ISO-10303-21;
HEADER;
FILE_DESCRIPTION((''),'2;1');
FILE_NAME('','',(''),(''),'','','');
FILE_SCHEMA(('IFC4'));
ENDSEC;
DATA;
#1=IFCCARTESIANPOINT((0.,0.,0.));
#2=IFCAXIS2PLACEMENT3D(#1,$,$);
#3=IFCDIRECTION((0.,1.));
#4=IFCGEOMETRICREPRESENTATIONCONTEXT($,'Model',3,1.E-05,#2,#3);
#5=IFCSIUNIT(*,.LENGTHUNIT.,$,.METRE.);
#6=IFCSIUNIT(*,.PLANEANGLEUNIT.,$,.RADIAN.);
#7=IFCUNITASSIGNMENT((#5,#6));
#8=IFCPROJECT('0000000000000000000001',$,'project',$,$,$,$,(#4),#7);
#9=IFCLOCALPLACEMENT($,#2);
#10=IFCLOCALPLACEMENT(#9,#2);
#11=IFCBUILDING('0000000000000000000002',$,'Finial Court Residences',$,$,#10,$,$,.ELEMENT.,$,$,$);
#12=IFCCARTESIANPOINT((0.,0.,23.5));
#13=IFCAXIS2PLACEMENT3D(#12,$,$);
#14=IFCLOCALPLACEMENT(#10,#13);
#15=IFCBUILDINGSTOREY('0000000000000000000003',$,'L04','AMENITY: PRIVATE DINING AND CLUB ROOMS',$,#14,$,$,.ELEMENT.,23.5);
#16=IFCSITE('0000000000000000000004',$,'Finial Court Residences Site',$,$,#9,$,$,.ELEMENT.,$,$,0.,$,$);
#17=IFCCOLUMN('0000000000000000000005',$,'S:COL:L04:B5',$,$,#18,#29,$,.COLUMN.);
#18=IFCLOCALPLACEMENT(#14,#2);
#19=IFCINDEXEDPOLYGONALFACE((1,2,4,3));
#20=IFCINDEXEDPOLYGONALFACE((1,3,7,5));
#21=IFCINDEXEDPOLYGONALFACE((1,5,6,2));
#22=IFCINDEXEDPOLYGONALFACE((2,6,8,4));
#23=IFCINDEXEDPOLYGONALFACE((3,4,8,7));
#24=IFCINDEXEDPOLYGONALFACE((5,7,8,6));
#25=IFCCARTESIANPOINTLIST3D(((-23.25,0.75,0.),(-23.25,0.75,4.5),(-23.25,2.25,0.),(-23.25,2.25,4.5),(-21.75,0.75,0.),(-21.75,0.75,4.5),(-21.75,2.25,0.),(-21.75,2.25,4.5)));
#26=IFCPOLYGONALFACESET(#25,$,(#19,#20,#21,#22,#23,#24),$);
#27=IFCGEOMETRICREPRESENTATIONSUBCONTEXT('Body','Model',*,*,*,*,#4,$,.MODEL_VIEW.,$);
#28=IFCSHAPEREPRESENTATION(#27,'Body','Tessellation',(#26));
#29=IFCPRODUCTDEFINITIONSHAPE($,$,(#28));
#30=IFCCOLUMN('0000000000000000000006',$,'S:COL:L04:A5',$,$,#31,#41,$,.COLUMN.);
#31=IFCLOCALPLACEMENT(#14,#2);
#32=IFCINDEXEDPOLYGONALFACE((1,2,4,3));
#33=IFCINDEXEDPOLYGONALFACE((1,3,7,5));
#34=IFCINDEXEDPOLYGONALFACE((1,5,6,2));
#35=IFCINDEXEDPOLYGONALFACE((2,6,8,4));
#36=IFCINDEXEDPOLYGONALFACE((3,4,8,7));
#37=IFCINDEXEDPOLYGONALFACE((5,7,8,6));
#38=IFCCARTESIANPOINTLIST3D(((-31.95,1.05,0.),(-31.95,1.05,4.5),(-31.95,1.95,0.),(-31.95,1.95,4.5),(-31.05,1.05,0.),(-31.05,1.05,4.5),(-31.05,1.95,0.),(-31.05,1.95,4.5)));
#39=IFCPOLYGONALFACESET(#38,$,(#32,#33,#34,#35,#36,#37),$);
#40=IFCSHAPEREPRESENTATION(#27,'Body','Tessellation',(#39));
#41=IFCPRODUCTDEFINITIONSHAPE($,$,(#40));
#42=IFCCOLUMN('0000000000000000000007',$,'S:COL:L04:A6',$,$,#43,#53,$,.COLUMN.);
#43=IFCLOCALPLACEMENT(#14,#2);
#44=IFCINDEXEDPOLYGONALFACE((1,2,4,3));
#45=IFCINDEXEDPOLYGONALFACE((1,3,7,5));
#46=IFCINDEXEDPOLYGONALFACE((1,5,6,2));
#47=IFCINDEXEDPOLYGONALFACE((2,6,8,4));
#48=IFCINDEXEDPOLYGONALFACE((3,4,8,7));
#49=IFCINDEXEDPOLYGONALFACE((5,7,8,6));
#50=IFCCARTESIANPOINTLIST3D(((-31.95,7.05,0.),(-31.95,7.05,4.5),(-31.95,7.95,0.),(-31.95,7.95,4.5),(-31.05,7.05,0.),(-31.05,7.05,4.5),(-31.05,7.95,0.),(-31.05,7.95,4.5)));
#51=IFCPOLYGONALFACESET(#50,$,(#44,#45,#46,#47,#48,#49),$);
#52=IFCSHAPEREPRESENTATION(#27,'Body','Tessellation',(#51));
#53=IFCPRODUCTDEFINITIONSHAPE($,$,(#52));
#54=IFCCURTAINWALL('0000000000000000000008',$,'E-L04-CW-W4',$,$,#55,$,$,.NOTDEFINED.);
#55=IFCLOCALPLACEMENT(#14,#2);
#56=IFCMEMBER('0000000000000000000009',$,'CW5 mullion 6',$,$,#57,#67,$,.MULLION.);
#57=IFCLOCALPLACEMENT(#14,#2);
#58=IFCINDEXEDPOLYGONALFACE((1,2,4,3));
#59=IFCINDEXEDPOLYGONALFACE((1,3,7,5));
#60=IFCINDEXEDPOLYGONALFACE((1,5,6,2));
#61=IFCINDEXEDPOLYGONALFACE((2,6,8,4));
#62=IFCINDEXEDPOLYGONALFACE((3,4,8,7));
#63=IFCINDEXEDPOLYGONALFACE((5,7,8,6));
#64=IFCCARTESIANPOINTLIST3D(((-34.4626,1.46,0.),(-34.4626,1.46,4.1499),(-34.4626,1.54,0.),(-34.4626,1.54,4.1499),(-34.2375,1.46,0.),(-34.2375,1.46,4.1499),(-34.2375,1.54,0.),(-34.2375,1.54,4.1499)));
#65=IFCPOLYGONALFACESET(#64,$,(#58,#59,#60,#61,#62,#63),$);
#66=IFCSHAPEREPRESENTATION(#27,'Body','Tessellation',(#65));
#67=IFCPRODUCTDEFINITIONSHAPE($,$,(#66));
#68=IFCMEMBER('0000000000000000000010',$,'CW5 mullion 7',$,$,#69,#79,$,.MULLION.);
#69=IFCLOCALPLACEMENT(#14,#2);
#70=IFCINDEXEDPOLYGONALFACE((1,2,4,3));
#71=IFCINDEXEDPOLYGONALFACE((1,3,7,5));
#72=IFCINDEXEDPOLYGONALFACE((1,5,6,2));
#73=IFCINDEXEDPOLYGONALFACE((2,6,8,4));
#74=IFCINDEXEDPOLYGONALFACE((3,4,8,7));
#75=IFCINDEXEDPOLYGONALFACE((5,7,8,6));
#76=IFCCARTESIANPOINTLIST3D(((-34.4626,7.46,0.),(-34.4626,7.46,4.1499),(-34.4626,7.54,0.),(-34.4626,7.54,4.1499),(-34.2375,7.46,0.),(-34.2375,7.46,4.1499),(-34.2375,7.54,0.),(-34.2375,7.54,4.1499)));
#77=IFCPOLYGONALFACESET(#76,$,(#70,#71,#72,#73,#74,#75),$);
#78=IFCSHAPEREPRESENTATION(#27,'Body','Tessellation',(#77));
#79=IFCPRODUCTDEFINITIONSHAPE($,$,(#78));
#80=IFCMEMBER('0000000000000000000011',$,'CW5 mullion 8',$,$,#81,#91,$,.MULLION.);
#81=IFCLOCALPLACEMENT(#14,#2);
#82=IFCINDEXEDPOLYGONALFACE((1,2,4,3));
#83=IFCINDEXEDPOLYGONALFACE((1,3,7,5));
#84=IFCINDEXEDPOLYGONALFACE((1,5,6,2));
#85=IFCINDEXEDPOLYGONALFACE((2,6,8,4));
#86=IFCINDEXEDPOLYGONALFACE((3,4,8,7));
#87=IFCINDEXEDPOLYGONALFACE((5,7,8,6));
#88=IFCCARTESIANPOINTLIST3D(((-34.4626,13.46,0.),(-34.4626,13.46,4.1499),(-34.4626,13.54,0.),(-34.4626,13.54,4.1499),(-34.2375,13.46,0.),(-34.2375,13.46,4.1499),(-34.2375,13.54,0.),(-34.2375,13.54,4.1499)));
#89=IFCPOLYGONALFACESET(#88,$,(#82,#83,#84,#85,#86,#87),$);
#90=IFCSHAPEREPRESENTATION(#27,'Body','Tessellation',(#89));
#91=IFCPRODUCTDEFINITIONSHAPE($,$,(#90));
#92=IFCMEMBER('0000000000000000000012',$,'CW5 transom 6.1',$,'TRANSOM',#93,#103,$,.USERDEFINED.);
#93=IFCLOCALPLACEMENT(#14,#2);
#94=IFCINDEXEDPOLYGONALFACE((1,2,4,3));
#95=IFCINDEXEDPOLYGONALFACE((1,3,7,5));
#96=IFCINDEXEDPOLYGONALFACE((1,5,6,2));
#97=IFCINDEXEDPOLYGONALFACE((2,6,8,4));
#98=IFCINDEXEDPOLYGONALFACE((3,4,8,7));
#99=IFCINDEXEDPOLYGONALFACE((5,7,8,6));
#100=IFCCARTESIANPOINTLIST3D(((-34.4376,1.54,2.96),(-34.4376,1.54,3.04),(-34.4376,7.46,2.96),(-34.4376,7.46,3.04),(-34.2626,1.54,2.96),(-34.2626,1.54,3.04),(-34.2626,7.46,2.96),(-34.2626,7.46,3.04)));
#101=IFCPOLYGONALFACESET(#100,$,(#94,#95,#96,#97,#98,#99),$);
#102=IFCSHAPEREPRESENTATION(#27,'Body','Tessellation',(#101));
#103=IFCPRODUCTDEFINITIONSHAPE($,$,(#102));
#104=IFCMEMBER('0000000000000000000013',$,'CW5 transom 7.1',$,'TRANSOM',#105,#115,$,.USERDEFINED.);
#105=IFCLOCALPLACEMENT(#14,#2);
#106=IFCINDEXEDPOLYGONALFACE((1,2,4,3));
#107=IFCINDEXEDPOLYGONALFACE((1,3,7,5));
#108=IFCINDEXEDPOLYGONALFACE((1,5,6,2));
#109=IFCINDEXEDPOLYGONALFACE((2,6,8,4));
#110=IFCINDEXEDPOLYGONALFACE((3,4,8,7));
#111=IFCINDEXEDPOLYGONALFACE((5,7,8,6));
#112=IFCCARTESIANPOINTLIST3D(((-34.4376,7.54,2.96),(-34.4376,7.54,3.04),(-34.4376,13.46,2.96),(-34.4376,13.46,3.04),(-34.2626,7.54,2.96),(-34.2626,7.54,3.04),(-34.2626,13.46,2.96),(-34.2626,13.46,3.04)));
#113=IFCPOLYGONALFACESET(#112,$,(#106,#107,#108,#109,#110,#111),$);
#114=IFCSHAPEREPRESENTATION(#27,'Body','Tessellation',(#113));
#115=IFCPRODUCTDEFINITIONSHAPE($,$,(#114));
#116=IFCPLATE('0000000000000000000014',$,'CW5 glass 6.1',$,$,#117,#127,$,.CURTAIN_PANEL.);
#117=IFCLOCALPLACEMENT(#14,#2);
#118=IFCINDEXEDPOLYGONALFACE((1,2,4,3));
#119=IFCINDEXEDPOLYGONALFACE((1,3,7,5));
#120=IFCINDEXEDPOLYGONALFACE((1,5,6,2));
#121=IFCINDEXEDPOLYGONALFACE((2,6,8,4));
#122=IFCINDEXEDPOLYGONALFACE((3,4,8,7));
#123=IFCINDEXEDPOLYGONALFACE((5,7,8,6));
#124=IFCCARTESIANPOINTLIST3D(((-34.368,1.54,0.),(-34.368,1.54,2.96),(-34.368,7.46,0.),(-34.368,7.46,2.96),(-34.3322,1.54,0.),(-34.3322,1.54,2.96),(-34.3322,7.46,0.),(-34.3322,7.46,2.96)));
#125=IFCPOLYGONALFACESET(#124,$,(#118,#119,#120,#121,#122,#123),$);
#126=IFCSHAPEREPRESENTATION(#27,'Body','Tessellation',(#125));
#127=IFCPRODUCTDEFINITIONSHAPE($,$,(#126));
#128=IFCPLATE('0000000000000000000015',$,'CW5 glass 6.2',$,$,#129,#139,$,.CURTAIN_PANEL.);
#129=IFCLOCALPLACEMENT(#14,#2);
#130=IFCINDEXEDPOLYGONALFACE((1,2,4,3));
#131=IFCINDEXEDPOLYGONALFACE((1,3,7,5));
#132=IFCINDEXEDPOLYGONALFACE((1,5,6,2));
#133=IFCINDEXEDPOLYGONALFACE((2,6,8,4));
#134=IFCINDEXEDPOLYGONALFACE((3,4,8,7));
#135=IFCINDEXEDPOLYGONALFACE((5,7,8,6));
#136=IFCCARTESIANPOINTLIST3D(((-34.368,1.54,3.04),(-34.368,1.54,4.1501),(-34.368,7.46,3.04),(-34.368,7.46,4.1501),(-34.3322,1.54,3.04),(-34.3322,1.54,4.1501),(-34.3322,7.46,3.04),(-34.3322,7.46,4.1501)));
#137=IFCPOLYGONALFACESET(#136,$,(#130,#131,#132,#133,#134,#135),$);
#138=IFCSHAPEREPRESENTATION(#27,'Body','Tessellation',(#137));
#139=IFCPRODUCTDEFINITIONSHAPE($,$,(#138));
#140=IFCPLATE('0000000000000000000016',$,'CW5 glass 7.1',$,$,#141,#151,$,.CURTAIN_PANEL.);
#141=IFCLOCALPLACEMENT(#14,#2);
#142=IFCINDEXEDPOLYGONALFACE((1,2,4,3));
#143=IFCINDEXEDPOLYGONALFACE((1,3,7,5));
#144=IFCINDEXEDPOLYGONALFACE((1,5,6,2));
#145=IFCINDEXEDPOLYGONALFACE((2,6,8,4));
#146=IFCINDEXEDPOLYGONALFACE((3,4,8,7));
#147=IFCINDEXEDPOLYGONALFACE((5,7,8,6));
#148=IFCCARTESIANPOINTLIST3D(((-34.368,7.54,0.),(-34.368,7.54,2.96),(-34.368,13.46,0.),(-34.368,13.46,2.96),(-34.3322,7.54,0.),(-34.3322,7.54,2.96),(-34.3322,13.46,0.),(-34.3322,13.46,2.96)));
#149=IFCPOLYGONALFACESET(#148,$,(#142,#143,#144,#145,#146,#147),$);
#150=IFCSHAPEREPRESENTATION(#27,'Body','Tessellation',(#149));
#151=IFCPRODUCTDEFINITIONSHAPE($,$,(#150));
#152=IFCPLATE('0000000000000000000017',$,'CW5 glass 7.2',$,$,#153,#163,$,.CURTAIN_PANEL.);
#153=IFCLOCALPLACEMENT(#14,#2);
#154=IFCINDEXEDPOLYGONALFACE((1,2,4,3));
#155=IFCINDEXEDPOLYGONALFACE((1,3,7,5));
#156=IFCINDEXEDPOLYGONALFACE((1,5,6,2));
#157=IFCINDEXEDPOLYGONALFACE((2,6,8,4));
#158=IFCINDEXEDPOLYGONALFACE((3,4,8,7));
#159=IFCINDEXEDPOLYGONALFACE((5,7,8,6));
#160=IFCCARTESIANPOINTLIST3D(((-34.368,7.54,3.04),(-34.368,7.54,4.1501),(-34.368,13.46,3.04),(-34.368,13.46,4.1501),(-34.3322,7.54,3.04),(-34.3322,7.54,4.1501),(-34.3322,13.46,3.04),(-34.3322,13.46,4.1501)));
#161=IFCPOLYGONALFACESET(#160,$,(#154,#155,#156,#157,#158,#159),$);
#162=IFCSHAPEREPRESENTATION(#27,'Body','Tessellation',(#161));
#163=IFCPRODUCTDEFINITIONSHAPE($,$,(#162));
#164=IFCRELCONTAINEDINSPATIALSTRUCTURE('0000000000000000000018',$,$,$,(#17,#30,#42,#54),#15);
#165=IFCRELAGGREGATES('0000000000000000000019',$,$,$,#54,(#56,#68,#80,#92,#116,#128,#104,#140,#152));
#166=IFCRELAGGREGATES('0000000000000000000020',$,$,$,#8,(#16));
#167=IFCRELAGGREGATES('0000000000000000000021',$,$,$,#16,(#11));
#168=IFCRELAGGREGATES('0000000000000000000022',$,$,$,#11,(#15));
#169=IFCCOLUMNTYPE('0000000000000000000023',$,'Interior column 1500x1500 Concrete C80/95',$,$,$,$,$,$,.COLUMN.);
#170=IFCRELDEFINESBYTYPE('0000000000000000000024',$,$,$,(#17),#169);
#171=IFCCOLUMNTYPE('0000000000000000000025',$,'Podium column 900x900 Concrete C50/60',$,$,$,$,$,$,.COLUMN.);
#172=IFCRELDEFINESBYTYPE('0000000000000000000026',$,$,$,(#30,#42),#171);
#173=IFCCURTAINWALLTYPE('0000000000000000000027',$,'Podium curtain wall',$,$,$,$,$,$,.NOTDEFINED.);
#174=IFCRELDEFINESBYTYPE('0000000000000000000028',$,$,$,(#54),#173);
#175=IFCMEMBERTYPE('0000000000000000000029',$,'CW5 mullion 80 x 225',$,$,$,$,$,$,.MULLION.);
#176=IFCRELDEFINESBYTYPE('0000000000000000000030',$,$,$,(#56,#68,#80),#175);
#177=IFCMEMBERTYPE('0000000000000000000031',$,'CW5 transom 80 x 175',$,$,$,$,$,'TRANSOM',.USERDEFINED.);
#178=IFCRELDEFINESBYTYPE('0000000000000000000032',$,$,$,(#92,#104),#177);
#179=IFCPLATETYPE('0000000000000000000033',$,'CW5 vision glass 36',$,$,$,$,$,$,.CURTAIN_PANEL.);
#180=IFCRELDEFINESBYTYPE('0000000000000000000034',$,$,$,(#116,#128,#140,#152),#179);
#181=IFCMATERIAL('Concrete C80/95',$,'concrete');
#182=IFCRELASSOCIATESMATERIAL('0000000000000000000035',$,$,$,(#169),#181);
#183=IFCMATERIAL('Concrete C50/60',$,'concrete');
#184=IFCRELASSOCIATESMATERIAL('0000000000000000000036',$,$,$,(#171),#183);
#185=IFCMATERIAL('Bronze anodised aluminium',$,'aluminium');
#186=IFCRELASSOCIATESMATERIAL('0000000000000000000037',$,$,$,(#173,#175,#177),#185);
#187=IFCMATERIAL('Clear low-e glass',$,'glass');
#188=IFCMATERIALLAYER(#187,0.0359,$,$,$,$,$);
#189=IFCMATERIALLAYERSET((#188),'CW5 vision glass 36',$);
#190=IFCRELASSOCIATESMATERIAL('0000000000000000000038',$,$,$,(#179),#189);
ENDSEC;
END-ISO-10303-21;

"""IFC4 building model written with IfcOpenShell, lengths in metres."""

from ifc_helpers import new_model, si_unit, direction, frame, origin, origin_2d, place, context, subcontext, project, spatial, rectangle, extrude, material, layer, layer_set, material_profile, profile_set, type_object, element, aggregate, save


model = new_model("IFC4")

# Units and contexts
model_context = context("Model", 3, precision=1e-05, world=origin(), true_north=direction((0.0, 1.0)))
body_context = subcontext(model_context, "Body", "Model", "MODEL_VIEW")
ifc_project = project(units=[si_unit("LENGTHUNIT", "METRE"), si_unit("PLANEANGLEUNIT", "RADIAN")], contexts=[model_context])

# Site, building, storey
site_placement = place(None, origin())
site = spatial("IfcSite", under=ifc_project, at=site_placement, Name="Finial Court Residences Site", CompositionType="ELEMENT", RefElevation=0.0)
building_placement = place(site_placement, origin())
building = spatial("IfcBuilding", under=site, at=building_placement, Name="Finial Court Residences", CompositionType="ELEMENT")
storey_placement = place(building_placement, frame((0.0, 0.0, 23.5)))
storey = spatial("IfcBuildingStorey", under=building, at=storey_placement, Name="L04", Description="AMENITY: PRIVATE DINING AND CLUB ROOMS", CompositionType="ELEMENT", Elevation=23.5)

# Columns
ifc_material_1 = material(Name="Concrete C80/95", Category="concrete")
ifc_material_profile_1 = material_profile(ifc_material_1, rectangle(XDim=1.5, YDim=1.5, at=origin_2d()), Name="1500x1500")
ifc_profile_set_1 = profile_set([ifc_material_profile_1], Name="Concrete C80/95")
column_type_1 = type_object("IfcColumnType", Name="Interior column 1500x1500 Concrete C80/95", PredefinedType="COLUMN", material=ifc_profile_set_1)
column_placement = place(storey_placement, frame((-22.5, 1.5, 0.0), z_axis=(0.0, 0.0, 1.0), x_axis=(1.0, 0.0, 0.0)))
element("IfcColumn", 1, at=column_placement, inside=storey, type_object=column_type_1, Name="S:COL:L04:B5", PredefinedType="COLUMN", context=body_context, shape_type="SweptSolid", body=[
    extrude(rectangle(XDim=1.5, YDim=1.5, at=origin_2d()), origin(), (0.0, 0.0, 1.0), 4.5),
])
ifc_material_2 = material(Name="Concrete C50/60", Category="concrete")
ifc_material_profile_2 = material_profile(ifc_material_2, rectangle(XDim=0.8999, YDim=0.8999, at=origin_2d()), Name="900x900")
ifc_profile_set_2 = profile_set([ifc_material_profile_2], Name="Concrete C50/60")
column_type_2 = type_object("IfcColumnType", Name="Podium column 900x900 Concrete C50/60", PredefinedType="COLUMN", material=ifc_profile_set_2)
for number, where, z_axis, x_axis, name in (
    (2, (-31.5, 1.5, 0.0), (0.0, 0.0, 1.0), (1.0, 0.0, 0.0), "S:COL:L04:A5"),
    (3, (-31.5, 7.5, 0.0), (0.0, 0.0, 1.0), (1.0, 0.0, 0.0), "S:COL:L04:A6"),
):
    element("IfcColumn", number, at=place(storey_placement, frame(where, z_axis=z_axis, x_axis=x_axis)), inside=storey, type_object=column_type_2, Name=name, PredefinedType="COLUMN", context=body_context, shape_type="SweptSolid", body=[
        extrude(rectangle(XDim=0.8999, YDim=0.8999, at=origin_2d()), origin(), (0.0, 0.0, 1.0), 4.5),
    ])

# Curtain wall, members, plates
ifc_material_3 = material(Name="Bronze anodised aluminium", Category="aluminium")
curtain_wall_type = type_object("IfcCurtainWallType", Name="Podium curtain wall", PredefinedType="NOTDEFINED", material=ifc_material_3)
curtain_wall_placement = place(storey_placement, origin())
curtain_wall = element("IfcCurtainWall", 4, at=curtain_wall_placement, inside=storey, type_object=curtain_wall_type, Name="E-L04-CW-W4", PredefinedType="NOTDEFINED")
ifc_material_profile_3 = material_profile(ifc_material_3, rectangle(XDim=0.2251, YDim=0.0801, at=origin_2d()), Name="CW5 mullion 80 x 225")
ifc_profile_set_3 = profile_set([ifc_material_profile_3], Name="Bronze anodised aluminium")
member_type_1 = type_object("IfcMemberType", Name="CW5 mullion 80 x 225", PredefinedType="MULLION", material=ifc_profile_set_3)
member_1_placement = place(storey_placement, frame((-34.3501, 1.5, 0.0), z_axis=(0.0, 0.0, 1.0), x_axis=(-1.0, 0.0, 0.0)))
member_1 = element("IfcMember", 5, at=member_1_placement, type_object=member_type_1, Name="CW5 mullion 6", PredefinedType="MULLION", context=body_context, shape_type="SweptSolid", body=[
    extrude(rectangle(XDim=0.2251, YDim=0.0801, at=origin_2d()), origin(), (0.0, 0.0, 1.0), 4.1499),
])
member_2_placement = place(storey_placement, frame((-34.3501, 7.5, 0.0), z_axis=(0.0, 0.0, 1.0), x_axis=(-1.0, 0.0, 0.0)))
member_2 = element("IfcMember", 6, at=member_2_placement, type_object=member_type_1, Name="CW5 mullion 7", PredefinedType="MULLION", context=body_context, shape_type="SweptSolid", body=[
    extrude(rectangle(XDim=0.2251, YDim=0.0801, at=origin_2d()), origin(), (0.0, 0.0, 1.0), 4.1499),
])
member_3_placement = place(storey_placement, frame((-34.3501, 13.5, 0.0), z_axis=(0.0, 0.0, 1.0), x_axis=(-1.0, 0.0, 0.0)))
member_3 = element("IfcMember", 7, at=member_3_placement, type_object=member_type_1, Name="CW5 mullion 8", PredefinedType="MULLION", context=body_context, shape_type="SweptSolid", body=[
    extrude(rectangle(XDim=0.2251, YDim=0.0801, at=origin_2d()), origin(), (0.0, 0.0, 1.0), 4.1499),
])
ifc_material_profile_4 = material_profile(ifc_material_3, rectangle(XDim=0.175, YDim=0.0801, at=origin_2d()), Name="CW5 transom 80 x 175")
ifc_profile_set_4 = profile_set([ifc_material_profile_4], Name="Bronze anodised aluminium")
member_type_2 = type_object("IfcMemberType", Name="CW5 transom 80 x 175", ElementType="TRANSOM", PredefinedType="USERDEFINED", material=ifc_profile_set_4)
member_4_placement = place(storey_placement, frame((-34.3501, 1.54, 3.0), z_axis=(0.0, 1.0, 0.0), x_axis=(-1.0, 0.0, 0.0)))
member_4 = element("IfcMember", 8, at=member_4_placement, type_object=member_type_2, Name="CW5 transom 6.1", ObjectType="TRANSOM", PredefinedType="USERDEFINED", context=body_context, shape_type="SweptSolid", body=[
    extrude(rectangle(XDim=0.175, YDim=0.0801, at=origin_2d()), origin(), (0.0, 0.0, 1.0), 5.9199),
])
member_5_placement = place(storey_placement, frame((-34.3501, 7.54, 3.0), z_axis=(0.0, 1.0, 0.0), x_axis=(-1.0, 0.0, 0.0)))
member_5 = element("IfcMember", 9, at=member_5_placement, type_object=member_type_2, Name="CW5 transom 7.1", ObjectType="TRANSOM", PredefinedType="USERDEFINED", context=body_context, shape_type="SweptSolid", body=[
    extrude(rectangle(XDim=0.175, YDim=0.0801, at=origin_2d()), origin(), (0.0, 0.0, 1.0), 5.9199),
])
ifc_material_4 = material(Name="Clear low-e glass", Category="glass")
ifc_layer_1 = layer(ifc_material_4, 0.0359)
ifc_layer_set_1 = layer_set([ifc_layer_1], Name="CW5 vision glass 36")
plate_type = type_object("IfcPlateType", Name="CW5 vision glass 36", PredefinedType="CURTAIN_PANEL", material=ifc_layer_set_1)
plate_1_placement = place(storey_placement, frame((-34.3501, 4.5, 0.0), z_axis=(0.0, 0.0, 1.0), x_axis=(0.0, 1.0, 0.0)))
plate_1 = element("IfcPlate", 10, at=plate_1_placement, type_object=plate_type, Name="CW5 glass 6.1", PredefinedType="CURTAIN_PANEL", context=body_context, shape_type="SweptSolid", body=[
    extrude(rectangle(XDim=5.9199, YDim=0.0359, at=origin_2d()), origin(), (0.0, 0.0, 1.0), 2.96),
])
plate_2_placement = place(storey_placement, frame((-34.3501, 4.5, 3.04), z_axis=(0.0, 0.0, 1.0), x_axis=(0.0, 1.0, 0.0)))
plate_2 = element("IfcPlate", 11, at=plate_2_placement, type_object=plate_type, Name="CW5 glass 6.2", PredefinedType="CURTAIN_PANEL", context=body_context, shape_type="SweptSolid", body=[
    extrude(rectangle(XDim=5.9199, YDim=0.0359, at=origin_2d()), origin(), (0.0, 0.0, 1.0), 1.1101),
])
plate_3_placement = place(storey_placement, frame((-34.3501, 10.5, 0.0), z_axis=(0.0, 0.0, 1.0), x_axis=(0.0, 1.0, 0.0)))
plate_3 = element("IfcPlate", 12, at=plate_3_placement, type_object=plate_type, Name="CW5 glass 7.1", PredefinedType="CURTAIN_PANEL", context=body_context, shape_type="SweptSolid", body=[
    extrude(rectangle(XDim=5.9199, YDim=0.0359, at=origin_2d()), origin(), (0.0, 0.0, 1.0), 2.96),
])
plate_4_placement = place(storey_placement, frame((-34.3501, 10.5, 3.04), z_axis=(0.0, 0.0, 1.0), x_axis=(0.0, 1.0, 0.0)))
plate_4 = element("IfcPlate", 13, at=plate_4_placement, type_object=plate_type, Name="CW5 glass 7.2", PredefinedType="CURTAIN_PANEL", context=body_context, shape_type="SweptSolid", body=[
    extrude(rectangle(XDim=5.9199, YDim=0.0359, at=origin_2d()), origin(), (0.0, 0.0, 1.0), 1.1101),
])
aggregate(curtain_wall, [member_1, member_2, member_3, member_4, plate_1, plate_2, member_5, plate_3, plate_4])

save(model, "model.ifc")
